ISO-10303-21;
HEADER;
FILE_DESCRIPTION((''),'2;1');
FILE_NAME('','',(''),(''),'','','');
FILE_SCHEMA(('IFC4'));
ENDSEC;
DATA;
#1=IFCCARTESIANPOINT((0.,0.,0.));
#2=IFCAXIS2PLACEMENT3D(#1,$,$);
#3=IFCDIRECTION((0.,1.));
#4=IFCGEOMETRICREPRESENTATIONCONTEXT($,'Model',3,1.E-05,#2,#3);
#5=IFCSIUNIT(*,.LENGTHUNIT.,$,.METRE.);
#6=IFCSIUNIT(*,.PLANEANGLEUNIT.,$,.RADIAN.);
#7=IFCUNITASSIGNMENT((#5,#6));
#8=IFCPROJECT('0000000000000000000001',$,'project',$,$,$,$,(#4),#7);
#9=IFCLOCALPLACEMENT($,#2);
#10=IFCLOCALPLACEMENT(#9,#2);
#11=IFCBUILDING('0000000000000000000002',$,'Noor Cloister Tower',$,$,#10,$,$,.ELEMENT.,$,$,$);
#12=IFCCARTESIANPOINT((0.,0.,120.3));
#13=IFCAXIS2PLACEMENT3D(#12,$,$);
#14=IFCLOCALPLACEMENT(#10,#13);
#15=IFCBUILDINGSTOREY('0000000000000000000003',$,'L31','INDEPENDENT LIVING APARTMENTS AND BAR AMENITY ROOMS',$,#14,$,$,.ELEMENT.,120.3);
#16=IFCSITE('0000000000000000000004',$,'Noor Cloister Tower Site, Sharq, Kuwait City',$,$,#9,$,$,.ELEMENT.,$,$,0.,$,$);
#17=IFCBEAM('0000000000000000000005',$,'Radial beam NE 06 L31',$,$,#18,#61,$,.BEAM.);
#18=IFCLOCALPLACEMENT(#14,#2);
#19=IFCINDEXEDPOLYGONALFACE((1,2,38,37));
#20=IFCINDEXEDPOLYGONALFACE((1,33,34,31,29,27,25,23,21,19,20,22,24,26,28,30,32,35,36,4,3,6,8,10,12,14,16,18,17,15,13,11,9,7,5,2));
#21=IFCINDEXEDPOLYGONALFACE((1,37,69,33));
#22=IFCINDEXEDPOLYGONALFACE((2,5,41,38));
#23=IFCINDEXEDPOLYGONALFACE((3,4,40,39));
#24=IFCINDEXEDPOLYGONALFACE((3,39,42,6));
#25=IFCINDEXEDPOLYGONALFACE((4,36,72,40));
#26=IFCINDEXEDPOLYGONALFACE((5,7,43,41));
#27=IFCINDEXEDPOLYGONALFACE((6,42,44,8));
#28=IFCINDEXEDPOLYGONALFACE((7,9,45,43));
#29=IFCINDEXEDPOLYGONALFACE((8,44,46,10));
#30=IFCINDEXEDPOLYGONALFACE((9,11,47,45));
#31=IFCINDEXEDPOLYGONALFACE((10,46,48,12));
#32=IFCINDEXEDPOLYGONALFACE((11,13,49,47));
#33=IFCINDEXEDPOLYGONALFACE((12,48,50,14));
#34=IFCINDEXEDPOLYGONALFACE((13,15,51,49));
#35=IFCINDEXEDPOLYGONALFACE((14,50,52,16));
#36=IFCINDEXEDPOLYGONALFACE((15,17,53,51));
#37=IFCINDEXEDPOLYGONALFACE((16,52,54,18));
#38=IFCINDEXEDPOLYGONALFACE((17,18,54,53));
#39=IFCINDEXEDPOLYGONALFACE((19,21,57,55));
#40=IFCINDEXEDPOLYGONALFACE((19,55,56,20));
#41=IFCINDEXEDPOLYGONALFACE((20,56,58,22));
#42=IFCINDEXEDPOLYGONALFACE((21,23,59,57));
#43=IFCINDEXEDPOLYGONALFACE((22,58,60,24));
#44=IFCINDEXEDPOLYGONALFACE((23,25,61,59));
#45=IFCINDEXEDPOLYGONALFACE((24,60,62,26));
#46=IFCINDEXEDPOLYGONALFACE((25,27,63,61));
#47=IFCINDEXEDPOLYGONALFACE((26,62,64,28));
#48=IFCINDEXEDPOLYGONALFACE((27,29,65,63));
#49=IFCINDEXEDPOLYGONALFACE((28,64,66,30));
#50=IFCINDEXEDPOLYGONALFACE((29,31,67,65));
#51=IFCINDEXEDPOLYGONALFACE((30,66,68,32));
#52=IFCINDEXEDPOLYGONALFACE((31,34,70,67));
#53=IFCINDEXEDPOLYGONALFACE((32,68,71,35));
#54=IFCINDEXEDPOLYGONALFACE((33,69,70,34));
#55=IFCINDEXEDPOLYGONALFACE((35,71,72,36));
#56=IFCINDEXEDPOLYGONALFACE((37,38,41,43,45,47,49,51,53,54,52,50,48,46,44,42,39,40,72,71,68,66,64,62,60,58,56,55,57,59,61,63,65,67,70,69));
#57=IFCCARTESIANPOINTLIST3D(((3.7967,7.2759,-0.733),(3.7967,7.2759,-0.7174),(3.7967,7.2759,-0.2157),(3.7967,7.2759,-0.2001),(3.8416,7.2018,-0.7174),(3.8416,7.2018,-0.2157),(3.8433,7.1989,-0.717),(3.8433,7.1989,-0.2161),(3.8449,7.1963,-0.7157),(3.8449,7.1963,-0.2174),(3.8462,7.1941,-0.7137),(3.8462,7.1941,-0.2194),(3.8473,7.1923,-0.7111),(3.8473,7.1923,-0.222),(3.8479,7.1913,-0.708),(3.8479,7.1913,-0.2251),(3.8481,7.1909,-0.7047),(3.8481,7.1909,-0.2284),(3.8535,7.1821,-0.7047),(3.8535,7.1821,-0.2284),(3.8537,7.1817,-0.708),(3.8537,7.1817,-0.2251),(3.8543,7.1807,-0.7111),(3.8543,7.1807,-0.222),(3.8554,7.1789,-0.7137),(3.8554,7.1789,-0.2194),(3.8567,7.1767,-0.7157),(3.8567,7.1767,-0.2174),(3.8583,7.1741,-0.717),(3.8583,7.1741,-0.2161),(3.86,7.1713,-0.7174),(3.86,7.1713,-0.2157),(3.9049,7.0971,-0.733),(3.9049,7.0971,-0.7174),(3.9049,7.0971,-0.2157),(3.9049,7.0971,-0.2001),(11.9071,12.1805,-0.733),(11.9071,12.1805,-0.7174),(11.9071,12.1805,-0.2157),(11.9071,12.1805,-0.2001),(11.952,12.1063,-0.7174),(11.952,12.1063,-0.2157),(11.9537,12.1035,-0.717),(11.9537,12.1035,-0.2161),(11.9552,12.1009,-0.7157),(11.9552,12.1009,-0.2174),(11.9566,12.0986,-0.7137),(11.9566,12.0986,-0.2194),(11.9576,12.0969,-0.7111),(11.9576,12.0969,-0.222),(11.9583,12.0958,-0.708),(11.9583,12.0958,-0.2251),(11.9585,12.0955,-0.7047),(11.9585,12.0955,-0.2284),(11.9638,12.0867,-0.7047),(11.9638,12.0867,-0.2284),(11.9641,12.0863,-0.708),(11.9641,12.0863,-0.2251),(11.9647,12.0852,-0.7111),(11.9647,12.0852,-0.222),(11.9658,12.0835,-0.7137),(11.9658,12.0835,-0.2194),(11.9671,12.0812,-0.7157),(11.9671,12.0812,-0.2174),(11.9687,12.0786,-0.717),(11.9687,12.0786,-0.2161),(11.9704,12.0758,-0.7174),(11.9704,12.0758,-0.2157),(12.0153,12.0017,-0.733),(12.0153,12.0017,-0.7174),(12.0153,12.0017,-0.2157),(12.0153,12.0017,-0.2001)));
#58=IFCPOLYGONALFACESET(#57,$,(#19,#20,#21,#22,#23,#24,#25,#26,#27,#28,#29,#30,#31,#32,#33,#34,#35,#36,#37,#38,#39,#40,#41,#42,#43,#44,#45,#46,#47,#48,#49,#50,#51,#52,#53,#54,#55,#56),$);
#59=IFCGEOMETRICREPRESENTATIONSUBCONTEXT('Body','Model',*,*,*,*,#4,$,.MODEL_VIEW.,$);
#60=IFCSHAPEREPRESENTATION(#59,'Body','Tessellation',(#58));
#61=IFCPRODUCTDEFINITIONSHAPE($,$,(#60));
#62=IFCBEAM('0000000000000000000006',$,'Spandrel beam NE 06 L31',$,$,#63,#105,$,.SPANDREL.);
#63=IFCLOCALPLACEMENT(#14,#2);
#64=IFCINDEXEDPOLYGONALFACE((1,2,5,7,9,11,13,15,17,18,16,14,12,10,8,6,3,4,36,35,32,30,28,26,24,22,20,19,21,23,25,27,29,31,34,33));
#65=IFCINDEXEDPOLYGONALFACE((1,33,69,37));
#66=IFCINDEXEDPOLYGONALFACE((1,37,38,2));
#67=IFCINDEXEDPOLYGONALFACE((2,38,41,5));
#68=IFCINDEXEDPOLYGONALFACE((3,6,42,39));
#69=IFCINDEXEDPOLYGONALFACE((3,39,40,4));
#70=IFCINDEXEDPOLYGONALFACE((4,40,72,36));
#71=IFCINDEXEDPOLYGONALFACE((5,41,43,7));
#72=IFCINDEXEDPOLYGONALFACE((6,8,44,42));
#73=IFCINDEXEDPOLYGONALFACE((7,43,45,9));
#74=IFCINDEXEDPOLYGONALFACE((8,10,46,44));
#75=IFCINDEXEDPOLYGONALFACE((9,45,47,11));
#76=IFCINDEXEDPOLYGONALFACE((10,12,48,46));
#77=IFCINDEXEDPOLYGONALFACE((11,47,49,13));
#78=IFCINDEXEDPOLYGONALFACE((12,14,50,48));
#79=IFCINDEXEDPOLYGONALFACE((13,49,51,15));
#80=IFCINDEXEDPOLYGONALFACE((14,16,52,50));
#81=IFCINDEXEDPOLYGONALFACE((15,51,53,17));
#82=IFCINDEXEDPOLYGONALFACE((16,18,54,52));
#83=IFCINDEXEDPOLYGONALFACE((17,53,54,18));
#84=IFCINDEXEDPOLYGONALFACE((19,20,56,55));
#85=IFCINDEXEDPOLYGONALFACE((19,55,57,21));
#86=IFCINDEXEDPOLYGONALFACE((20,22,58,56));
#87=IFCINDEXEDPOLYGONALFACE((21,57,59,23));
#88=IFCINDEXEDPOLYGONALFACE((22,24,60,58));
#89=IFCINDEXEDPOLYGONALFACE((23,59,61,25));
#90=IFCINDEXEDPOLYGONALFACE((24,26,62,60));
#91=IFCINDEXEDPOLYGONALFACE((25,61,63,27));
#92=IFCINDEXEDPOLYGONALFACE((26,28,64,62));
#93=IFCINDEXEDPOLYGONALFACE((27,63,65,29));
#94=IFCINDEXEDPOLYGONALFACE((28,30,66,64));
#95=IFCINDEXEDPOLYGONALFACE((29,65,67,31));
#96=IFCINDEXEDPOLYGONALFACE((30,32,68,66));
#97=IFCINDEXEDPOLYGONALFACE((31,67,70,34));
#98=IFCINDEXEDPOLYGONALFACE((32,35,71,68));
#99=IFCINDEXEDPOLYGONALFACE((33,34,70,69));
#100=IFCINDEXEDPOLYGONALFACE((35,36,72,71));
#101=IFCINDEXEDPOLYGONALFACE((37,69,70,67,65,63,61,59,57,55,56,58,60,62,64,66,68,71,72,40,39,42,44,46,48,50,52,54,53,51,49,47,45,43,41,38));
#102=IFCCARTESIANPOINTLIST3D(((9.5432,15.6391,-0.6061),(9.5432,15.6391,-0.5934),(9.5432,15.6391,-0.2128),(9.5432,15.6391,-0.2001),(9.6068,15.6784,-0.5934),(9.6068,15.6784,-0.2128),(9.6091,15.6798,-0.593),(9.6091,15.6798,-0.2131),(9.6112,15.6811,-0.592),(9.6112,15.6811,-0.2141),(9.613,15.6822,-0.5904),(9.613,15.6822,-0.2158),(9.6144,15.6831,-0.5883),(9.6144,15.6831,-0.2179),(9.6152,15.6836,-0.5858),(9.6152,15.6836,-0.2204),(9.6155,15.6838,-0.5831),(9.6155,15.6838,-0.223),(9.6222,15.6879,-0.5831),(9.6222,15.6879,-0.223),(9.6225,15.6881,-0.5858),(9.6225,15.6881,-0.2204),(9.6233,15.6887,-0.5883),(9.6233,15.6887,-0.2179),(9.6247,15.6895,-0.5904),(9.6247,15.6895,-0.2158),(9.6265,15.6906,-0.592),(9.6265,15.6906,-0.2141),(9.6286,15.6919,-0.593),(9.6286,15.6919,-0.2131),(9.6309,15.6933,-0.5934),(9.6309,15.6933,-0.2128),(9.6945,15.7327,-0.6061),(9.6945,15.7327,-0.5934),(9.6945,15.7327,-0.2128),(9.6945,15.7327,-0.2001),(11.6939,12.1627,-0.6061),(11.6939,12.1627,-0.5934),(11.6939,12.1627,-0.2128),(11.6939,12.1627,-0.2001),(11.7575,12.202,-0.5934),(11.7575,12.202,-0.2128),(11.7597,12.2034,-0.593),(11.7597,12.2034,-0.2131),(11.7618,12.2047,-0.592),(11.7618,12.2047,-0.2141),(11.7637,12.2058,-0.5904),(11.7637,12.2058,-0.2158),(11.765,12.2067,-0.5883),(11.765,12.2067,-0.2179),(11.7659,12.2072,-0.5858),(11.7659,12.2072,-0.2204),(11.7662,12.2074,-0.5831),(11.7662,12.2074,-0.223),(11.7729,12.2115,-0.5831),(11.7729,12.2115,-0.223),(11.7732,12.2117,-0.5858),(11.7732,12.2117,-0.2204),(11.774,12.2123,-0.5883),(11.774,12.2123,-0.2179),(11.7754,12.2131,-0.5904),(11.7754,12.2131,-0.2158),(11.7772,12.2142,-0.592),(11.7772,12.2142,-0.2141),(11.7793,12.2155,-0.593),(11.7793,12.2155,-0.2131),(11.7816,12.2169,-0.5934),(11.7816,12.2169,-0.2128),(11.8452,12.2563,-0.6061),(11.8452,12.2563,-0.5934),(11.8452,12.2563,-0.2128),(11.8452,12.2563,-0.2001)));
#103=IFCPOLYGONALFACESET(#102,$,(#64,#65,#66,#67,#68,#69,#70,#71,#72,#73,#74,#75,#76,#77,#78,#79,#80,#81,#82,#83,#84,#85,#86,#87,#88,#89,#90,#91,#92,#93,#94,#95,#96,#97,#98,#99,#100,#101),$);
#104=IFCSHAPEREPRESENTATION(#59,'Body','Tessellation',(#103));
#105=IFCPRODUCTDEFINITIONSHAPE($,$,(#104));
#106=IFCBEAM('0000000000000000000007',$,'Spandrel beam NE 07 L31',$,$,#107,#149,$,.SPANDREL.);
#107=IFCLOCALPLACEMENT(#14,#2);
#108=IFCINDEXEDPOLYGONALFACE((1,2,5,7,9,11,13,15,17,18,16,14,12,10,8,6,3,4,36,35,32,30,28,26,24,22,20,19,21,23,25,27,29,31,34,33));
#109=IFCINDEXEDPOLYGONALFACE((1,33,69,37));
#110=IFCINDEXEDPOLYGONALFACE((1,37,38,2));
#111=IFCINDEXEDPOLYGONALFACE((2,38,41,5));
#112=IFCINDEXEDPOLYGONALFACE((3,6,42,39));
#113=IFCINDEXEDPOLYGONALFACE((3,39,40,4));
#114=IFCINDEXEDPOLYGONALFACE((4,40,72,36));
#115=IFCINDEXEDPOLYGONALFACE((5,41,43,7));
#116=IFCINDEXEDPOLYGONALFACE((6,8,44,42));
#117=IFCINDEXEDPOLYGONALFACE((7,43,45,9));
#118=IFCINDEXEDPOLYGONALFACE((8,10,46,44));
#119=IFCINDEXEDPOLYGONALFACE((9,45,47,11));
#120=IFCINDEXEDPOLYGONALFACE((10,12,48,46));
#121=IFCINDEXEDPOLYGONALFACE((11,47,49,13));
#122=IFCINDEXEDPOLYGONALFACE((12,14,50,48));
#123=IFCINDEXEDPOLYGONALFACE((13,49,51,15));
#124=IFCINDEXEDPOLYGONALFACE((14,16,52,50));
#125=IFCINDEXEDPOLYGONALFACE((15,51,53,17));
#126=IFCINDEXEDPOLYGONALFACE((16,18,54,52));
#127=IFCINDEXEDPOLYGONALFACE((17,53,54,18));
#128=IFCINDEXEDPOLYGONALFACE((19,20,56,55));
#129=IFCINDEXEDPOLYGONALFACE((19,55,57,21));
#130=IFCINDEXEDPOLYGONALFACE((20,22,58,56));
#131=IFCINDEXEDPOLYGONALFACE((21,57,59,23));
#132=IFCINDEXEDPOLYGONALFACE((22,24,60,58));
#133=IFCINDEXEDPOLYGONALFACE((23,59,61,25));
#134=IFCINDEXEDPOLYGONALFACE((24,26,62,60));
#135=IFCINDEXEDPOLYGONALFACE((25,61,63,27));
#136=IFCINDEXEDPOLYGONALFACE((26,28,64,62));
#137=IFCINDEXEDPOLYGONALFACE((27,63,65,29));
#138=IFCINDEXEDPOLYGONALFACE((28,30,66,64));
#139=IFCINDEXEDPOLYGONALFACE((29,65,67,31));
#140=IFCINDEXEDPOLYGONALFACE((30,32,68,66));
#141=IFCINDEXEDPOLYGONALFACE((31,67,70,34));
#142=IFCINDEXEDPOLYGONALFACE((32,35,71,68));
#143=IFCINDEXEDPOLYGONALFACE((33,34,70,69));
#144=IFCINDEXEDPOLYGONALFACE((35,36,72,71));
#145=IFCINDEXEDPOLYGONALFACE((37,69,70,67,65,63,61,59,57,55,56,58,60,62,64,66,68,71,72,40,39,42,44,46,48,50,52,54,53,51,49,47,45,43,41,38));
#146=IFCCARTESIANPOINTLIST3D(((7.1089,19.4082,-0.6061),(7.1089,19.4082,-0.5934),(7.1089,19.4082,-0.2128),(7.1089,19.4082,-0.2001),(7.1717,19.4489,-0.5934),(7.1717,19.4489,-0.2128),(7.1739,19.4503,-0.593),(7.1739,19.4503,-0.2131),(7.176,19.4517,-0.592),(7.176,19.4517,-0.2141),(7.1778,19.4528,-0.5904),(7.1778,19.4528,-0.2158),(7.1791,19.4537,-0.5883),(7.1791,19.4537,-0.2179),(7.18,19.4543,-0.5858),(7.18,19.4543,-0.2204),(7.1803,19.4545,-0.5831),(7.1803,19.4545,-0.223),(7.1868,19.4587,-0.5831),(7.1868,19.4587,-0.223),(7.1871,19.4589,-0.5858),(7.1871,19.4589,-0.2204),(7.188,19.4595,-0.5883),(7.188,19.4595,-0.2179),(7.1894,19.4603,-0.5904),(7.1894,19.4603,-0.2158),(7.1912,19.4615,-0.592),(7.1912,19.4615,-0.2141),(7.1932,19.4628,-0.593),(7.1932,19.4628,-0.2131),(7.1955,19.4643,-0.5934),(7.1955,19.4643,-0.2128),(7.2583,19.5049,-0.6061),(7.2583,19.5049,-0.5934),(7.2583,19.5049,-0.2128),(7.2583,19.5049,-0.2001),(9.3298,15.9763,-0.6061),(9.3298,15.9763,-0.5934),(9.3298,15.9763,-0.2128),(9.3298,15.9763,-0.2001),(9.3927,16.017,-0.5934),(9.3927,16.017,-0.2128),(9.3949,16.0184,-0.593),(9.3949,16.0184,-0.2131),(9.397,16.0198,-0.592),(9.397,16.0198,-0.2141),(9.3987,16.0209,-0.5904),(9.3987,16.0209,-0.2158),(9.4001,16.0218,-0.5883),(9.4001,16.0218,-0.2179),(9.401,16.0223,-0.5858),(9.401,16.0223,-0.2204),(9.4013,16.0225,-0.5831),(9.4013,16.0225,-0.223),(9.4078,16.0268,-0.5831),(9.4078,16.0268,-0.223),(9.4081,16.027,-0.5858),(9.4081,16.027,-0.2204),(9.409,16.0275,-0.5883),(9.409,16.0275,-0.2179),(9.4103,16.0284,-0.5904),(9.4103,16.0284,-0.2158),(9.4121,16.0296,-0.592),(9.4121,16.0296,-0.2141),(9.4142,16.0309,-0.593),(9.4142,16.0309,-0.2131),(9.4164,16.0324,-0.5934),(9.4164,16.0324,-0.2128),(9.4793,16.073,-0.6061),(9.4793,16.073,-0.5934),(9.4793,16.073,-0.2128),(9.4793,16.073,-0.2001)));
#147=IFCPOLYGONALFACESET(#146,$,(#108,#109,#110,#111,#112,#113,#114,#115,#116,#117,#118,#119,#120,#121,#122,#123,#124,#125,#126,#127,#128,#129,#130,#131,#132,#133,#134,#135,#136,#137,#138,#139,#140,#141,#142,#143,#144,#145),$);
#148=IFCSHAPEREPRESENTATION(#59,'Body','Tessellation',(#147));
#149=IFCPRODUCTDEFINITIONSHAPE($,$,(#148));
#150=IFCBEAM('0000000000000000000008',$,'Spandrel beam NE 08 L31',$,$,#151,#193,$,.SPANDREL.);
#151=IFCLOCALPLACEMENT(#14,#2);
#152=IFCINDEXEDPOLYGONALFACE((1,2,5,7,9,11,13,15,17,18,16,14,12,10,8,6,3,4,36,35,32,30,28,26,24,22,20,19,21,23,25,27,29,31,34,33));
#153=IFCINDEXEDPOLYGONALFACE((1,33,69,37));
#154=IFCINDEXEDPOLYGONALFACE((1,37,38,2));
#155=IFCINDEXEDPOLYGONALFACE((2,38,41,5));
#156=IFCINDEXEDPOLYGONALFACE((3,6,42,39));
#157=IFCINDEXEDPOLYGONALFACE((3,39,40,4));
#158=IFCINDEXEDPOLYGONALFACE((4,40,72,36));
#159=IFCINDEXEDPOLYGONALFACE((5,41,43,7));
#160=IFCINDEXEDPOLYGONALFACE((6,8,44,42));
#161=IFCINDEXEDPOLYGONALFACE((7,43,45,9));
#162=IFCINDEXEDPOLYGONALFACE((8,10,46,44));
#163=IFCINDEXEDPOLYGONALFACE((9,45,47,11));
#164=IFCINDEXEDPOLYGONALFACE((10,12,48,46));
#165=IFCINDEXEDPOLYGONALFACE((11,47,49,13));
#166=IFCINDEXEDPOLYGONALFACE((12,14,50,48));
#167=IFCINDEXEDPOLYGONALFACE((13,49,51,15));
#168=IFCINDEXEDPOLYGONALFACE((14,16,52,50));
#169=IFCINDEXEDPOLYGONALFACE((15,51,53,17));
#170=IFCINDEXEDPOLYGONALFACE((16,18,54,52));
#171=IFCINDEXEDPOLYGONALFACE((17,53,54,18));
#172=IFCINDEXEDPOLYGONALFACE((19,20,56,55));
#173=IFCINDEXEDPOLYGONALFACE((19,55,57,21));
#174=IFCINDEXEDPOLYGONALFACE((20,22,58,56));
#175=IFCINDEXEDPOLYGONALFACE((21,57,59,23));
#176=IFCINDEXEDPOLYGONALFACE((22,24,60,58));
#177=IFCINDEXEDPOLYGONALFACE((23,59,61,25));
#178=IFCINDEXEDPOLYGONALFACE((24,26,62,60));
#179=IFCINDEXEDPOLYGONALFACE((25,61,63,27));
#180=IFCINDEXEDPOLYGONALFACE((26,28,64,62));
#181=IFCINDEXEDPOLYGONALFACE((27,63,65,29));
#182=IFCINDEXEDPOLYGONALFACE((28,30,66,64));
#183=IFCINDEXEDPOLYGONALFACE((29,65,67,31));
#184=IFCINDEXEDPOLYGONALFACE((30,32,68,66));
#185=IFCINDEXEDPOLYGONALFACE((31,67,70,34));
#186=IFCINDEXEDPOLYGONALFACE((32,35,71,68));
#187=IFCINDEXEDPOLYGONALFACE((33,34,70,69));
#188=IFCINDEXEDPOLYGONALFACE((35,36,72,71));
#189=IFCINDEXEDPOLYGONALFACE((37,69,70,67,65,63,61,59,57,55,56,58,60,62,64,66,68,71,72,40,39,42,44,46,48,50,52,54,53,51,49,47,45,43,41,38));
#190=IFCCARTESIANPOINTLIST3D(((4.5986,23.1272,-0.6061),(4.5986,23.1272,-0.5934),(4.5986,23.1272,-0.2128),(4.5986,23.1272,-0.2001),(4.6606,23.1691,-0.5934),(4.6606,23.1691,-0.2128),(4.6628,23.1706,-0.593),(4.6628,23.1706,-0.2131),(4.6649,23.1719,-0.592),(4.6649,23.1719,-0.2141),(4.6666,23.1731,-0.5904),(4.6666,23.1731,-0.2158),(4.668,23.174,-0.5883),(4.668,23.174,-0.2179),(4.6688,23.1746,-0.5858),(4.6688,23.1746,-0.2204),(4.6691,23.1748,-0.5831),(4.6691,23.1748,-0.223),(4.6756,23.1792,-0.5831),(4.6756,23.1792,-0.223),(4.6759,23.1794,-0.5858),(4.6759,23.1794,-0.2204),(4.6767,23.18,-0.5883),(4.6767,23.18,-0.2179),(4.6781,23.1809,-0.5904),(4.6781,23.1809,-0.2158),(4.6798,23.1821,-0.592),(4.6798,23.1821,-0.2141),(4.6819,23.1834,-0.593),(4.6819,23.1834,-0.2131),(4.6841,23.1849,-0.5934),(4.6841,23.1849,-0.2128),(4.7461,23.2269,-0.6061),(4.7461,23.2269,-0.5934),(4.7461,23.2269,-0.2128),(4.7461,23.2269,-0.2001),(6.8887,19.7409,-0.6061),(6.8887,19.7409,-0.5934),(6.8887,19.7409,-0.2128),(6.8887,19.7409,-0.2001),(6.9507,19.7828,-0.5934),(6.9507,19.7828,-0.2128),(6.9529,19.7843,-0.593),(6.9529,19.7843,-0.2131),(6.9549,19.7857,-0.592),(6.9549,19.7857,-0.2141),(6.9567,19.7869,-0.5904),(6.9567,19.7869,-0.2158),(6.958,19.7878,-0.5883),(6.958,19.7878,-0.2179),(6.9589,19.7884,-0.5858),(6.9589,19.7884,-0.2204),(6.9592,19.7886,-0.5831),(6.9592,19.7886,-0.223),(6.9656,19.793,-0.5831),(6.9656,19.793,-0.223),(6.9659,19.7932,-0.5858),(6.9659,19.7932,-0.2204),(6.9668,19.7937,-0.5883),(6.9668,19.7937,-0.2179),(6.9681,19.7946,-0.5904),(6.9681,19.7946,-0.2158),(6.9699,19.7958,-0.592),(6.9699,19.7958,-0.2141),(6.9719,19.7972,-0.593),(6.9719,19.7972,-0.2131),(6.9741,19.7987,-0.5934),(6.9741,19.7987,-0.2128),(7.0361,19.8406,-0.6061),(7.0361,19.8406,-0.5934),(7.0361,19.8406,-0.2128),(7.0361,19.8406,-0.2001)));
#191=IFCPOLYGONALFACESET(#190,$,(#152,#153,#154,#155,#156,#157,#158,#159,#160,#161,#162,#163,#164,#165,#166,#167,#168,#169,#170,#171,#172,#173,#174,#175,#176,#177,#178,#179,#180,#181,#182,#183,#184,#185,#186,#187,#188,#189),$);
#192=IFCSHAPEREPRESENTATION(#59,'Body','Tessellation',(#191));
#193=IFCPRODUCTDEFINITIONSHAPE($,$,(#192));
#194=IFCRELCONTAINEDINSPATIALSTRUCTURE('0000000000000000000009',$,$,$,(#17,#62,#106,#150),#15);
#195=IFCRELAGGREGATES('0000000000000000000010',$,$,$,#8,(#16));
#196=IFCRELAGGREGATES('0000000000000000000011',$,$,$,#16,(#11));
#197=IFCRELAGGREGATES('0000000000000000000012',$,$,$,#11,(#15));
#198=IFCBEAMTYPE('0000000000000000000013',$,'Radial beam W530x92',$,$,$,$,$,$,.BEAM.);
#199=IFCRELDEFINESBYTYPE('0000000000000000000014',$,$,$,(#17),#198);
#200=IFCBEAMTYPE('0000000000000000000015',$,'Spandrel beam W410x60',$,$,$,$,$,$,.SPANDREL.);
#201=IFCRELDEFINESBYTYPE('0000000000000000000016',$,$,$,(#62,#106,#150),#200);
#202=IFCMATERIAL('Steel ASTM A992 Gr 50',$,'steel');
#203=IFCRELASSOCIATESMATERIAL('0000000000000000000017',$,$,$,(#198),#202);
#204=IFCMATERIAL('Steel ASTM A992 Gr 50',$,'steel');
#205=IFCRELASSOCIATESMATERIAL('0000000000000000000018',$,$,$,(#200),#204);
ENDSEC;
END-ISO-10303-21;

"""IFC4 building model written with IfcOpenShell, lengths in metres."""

from ifc_helpers import new_model, si_unit, direction, frame, origin, origin_2d, place, context, subcontext, project, spatial, i_section, extrude, material, material_profile, profile_set, type_object, element, save


model = new_model("IFC4")

# Units and contexts
model_context = context("Model", 3, precision=1e-05, world=origin(), true_north=direction((0.0, 1.0)))
body_context = subcontext(model_context, "Body", "Model", "MODEL_VIEW")
ifc_project = project(units=[si_unit("LENGTHUNIT", "METRE"), si_unit("PLANEANGLEUNIT", "RADIAN")], contexts=[model_context])

# Site, building, storey
site_placement = place(None, origin())
site = spatial("IfcSite", under=ifc_project, at=site_placement, Name="Noor Cloister Tower Site, Sharq, Kuwait City", CompositionType="ELEMENT", RefElevation=0.0)
building_placement = place(site_placement, origin())
building = spatial("IfcBuilding", under=site, at=building_placement, Name="Noor Cloister Tower", CompositionType="ELEMENT")
storey_placement = place(building_placement, frame((0.0, 0.0, 120.3)))
storey = spatial("IfcBuildingStorey", under=building, at=storey_placement, Name="L31", Description="INDEPENDENT LIVING APARTMENTS AND BAR AMENITY ROOMS", CompositionType="ELEMENT", Elevation=120.3)

# Beams
ifc_material_1 = material(Name="Steel ASTM A992 Gr 50", Category="steel")
ifc_material_profile_1 = material_profile(ifc_material_1, i_section(OverallWidth=0.209, OverallDepth=0.533, WebThickness=0.0103, FlangeThickness=0.0156, FilletRadius=0.0127, at=origin_2d()), Name="W530x92")
ifc_profile_set_1 = profile_set([ifc_material_profile_1], Name="Steel ASTM A992 Gr 50")
beam_type_1 = type_object("IfcBeamType", Name="Radial beam W530x92", PredefinedType="BEAM", material=ifc_profile_set_1)
beam_1_placement = place(storey_placement, frame((11.9612, 12.0911, -0.4666), z_axis=(-0.855704, -0.517466, 0.0), x_axis=(0.517466, -0.855704, 0.0)))
element("IfcBeam", 1, at=beam_1_placement, inside=storey, type_object=beam_type_1, Name="Radial beam NE 06 L31", PredefinedType="BEAM", context=body_context, shape_type="SweptSolid", body=[
    extrude(i_section(OverallWidth=0.209, OverallDepth=0.533, WebThickness=0.0103, FlangeThickness=0.0156, FilletRadius=0.0127, at=origin_2d()), origin(), (0.0, 0.0, 1.0), 9.478),
])
ifc_material_2 = material(Name="Steel ASTM A992 Gr 50", Category="steel")
ifc_material_profile_2 = material_profile(ifc_material_2, i_section(OverallWidth=0.178, OverallDepth=0.406, WebThickness=0.0078, FlangeThickness=0.0127, FilletRadius=0.0103, at=origin_2d()), Name="W410x60")
ifc_profile_set_2 = profile_set([ifc_material_profile_2], Name="Steel ASTM A992 Gr 50")
beam_type_2 = type_object("IfcBeamType", Name="Spandrel beam W410x60", PredefinedType="SPANDREL", material=ifc_profile_set_2)
for number, where, z_axis, x_axis, name in (
    (2, (11.7695, 12.2095, -0.4031), (-0.526112, 0.850415, 0.0), (-0.850415, -0.526112, 0.0), "Spandrel beam NE 06 L31"),
    (3, (9.4045, 16.0247, -0.4031), (-0.543306, 0.839535, 0.0), (-0.839535, -0.543306, 0.0), "Spandrel beam NE 07 L31"),
    (4, (6.9624, 19.7908, -0.4031), (-0.560201, 0.828357, 0.0), (-0.828357, -0.560201, 0.0), "Spandrel beam NE 08 L31"),
):
    element("IfcBeam", number, at=place(storey_placement, frame(where, z_axis=z_axis, x_axis=x_axis)), inside=storey, type_object=beam_type_2, Name=name, PredefinedType="SPANDREL", context=body_context, shape_type="SweptSolid", body=[
        extrude(i_section(OverallWidth=0.178, OverallDepth=0.406, WebThickness=0.0078, FlangeThickness=0.0127, FilletRadius=0.0103, at=origin_2d()), origin(), (0.0, 0.0, 1.0), 4.0879),
    ])

save(model, "model.ifc")
